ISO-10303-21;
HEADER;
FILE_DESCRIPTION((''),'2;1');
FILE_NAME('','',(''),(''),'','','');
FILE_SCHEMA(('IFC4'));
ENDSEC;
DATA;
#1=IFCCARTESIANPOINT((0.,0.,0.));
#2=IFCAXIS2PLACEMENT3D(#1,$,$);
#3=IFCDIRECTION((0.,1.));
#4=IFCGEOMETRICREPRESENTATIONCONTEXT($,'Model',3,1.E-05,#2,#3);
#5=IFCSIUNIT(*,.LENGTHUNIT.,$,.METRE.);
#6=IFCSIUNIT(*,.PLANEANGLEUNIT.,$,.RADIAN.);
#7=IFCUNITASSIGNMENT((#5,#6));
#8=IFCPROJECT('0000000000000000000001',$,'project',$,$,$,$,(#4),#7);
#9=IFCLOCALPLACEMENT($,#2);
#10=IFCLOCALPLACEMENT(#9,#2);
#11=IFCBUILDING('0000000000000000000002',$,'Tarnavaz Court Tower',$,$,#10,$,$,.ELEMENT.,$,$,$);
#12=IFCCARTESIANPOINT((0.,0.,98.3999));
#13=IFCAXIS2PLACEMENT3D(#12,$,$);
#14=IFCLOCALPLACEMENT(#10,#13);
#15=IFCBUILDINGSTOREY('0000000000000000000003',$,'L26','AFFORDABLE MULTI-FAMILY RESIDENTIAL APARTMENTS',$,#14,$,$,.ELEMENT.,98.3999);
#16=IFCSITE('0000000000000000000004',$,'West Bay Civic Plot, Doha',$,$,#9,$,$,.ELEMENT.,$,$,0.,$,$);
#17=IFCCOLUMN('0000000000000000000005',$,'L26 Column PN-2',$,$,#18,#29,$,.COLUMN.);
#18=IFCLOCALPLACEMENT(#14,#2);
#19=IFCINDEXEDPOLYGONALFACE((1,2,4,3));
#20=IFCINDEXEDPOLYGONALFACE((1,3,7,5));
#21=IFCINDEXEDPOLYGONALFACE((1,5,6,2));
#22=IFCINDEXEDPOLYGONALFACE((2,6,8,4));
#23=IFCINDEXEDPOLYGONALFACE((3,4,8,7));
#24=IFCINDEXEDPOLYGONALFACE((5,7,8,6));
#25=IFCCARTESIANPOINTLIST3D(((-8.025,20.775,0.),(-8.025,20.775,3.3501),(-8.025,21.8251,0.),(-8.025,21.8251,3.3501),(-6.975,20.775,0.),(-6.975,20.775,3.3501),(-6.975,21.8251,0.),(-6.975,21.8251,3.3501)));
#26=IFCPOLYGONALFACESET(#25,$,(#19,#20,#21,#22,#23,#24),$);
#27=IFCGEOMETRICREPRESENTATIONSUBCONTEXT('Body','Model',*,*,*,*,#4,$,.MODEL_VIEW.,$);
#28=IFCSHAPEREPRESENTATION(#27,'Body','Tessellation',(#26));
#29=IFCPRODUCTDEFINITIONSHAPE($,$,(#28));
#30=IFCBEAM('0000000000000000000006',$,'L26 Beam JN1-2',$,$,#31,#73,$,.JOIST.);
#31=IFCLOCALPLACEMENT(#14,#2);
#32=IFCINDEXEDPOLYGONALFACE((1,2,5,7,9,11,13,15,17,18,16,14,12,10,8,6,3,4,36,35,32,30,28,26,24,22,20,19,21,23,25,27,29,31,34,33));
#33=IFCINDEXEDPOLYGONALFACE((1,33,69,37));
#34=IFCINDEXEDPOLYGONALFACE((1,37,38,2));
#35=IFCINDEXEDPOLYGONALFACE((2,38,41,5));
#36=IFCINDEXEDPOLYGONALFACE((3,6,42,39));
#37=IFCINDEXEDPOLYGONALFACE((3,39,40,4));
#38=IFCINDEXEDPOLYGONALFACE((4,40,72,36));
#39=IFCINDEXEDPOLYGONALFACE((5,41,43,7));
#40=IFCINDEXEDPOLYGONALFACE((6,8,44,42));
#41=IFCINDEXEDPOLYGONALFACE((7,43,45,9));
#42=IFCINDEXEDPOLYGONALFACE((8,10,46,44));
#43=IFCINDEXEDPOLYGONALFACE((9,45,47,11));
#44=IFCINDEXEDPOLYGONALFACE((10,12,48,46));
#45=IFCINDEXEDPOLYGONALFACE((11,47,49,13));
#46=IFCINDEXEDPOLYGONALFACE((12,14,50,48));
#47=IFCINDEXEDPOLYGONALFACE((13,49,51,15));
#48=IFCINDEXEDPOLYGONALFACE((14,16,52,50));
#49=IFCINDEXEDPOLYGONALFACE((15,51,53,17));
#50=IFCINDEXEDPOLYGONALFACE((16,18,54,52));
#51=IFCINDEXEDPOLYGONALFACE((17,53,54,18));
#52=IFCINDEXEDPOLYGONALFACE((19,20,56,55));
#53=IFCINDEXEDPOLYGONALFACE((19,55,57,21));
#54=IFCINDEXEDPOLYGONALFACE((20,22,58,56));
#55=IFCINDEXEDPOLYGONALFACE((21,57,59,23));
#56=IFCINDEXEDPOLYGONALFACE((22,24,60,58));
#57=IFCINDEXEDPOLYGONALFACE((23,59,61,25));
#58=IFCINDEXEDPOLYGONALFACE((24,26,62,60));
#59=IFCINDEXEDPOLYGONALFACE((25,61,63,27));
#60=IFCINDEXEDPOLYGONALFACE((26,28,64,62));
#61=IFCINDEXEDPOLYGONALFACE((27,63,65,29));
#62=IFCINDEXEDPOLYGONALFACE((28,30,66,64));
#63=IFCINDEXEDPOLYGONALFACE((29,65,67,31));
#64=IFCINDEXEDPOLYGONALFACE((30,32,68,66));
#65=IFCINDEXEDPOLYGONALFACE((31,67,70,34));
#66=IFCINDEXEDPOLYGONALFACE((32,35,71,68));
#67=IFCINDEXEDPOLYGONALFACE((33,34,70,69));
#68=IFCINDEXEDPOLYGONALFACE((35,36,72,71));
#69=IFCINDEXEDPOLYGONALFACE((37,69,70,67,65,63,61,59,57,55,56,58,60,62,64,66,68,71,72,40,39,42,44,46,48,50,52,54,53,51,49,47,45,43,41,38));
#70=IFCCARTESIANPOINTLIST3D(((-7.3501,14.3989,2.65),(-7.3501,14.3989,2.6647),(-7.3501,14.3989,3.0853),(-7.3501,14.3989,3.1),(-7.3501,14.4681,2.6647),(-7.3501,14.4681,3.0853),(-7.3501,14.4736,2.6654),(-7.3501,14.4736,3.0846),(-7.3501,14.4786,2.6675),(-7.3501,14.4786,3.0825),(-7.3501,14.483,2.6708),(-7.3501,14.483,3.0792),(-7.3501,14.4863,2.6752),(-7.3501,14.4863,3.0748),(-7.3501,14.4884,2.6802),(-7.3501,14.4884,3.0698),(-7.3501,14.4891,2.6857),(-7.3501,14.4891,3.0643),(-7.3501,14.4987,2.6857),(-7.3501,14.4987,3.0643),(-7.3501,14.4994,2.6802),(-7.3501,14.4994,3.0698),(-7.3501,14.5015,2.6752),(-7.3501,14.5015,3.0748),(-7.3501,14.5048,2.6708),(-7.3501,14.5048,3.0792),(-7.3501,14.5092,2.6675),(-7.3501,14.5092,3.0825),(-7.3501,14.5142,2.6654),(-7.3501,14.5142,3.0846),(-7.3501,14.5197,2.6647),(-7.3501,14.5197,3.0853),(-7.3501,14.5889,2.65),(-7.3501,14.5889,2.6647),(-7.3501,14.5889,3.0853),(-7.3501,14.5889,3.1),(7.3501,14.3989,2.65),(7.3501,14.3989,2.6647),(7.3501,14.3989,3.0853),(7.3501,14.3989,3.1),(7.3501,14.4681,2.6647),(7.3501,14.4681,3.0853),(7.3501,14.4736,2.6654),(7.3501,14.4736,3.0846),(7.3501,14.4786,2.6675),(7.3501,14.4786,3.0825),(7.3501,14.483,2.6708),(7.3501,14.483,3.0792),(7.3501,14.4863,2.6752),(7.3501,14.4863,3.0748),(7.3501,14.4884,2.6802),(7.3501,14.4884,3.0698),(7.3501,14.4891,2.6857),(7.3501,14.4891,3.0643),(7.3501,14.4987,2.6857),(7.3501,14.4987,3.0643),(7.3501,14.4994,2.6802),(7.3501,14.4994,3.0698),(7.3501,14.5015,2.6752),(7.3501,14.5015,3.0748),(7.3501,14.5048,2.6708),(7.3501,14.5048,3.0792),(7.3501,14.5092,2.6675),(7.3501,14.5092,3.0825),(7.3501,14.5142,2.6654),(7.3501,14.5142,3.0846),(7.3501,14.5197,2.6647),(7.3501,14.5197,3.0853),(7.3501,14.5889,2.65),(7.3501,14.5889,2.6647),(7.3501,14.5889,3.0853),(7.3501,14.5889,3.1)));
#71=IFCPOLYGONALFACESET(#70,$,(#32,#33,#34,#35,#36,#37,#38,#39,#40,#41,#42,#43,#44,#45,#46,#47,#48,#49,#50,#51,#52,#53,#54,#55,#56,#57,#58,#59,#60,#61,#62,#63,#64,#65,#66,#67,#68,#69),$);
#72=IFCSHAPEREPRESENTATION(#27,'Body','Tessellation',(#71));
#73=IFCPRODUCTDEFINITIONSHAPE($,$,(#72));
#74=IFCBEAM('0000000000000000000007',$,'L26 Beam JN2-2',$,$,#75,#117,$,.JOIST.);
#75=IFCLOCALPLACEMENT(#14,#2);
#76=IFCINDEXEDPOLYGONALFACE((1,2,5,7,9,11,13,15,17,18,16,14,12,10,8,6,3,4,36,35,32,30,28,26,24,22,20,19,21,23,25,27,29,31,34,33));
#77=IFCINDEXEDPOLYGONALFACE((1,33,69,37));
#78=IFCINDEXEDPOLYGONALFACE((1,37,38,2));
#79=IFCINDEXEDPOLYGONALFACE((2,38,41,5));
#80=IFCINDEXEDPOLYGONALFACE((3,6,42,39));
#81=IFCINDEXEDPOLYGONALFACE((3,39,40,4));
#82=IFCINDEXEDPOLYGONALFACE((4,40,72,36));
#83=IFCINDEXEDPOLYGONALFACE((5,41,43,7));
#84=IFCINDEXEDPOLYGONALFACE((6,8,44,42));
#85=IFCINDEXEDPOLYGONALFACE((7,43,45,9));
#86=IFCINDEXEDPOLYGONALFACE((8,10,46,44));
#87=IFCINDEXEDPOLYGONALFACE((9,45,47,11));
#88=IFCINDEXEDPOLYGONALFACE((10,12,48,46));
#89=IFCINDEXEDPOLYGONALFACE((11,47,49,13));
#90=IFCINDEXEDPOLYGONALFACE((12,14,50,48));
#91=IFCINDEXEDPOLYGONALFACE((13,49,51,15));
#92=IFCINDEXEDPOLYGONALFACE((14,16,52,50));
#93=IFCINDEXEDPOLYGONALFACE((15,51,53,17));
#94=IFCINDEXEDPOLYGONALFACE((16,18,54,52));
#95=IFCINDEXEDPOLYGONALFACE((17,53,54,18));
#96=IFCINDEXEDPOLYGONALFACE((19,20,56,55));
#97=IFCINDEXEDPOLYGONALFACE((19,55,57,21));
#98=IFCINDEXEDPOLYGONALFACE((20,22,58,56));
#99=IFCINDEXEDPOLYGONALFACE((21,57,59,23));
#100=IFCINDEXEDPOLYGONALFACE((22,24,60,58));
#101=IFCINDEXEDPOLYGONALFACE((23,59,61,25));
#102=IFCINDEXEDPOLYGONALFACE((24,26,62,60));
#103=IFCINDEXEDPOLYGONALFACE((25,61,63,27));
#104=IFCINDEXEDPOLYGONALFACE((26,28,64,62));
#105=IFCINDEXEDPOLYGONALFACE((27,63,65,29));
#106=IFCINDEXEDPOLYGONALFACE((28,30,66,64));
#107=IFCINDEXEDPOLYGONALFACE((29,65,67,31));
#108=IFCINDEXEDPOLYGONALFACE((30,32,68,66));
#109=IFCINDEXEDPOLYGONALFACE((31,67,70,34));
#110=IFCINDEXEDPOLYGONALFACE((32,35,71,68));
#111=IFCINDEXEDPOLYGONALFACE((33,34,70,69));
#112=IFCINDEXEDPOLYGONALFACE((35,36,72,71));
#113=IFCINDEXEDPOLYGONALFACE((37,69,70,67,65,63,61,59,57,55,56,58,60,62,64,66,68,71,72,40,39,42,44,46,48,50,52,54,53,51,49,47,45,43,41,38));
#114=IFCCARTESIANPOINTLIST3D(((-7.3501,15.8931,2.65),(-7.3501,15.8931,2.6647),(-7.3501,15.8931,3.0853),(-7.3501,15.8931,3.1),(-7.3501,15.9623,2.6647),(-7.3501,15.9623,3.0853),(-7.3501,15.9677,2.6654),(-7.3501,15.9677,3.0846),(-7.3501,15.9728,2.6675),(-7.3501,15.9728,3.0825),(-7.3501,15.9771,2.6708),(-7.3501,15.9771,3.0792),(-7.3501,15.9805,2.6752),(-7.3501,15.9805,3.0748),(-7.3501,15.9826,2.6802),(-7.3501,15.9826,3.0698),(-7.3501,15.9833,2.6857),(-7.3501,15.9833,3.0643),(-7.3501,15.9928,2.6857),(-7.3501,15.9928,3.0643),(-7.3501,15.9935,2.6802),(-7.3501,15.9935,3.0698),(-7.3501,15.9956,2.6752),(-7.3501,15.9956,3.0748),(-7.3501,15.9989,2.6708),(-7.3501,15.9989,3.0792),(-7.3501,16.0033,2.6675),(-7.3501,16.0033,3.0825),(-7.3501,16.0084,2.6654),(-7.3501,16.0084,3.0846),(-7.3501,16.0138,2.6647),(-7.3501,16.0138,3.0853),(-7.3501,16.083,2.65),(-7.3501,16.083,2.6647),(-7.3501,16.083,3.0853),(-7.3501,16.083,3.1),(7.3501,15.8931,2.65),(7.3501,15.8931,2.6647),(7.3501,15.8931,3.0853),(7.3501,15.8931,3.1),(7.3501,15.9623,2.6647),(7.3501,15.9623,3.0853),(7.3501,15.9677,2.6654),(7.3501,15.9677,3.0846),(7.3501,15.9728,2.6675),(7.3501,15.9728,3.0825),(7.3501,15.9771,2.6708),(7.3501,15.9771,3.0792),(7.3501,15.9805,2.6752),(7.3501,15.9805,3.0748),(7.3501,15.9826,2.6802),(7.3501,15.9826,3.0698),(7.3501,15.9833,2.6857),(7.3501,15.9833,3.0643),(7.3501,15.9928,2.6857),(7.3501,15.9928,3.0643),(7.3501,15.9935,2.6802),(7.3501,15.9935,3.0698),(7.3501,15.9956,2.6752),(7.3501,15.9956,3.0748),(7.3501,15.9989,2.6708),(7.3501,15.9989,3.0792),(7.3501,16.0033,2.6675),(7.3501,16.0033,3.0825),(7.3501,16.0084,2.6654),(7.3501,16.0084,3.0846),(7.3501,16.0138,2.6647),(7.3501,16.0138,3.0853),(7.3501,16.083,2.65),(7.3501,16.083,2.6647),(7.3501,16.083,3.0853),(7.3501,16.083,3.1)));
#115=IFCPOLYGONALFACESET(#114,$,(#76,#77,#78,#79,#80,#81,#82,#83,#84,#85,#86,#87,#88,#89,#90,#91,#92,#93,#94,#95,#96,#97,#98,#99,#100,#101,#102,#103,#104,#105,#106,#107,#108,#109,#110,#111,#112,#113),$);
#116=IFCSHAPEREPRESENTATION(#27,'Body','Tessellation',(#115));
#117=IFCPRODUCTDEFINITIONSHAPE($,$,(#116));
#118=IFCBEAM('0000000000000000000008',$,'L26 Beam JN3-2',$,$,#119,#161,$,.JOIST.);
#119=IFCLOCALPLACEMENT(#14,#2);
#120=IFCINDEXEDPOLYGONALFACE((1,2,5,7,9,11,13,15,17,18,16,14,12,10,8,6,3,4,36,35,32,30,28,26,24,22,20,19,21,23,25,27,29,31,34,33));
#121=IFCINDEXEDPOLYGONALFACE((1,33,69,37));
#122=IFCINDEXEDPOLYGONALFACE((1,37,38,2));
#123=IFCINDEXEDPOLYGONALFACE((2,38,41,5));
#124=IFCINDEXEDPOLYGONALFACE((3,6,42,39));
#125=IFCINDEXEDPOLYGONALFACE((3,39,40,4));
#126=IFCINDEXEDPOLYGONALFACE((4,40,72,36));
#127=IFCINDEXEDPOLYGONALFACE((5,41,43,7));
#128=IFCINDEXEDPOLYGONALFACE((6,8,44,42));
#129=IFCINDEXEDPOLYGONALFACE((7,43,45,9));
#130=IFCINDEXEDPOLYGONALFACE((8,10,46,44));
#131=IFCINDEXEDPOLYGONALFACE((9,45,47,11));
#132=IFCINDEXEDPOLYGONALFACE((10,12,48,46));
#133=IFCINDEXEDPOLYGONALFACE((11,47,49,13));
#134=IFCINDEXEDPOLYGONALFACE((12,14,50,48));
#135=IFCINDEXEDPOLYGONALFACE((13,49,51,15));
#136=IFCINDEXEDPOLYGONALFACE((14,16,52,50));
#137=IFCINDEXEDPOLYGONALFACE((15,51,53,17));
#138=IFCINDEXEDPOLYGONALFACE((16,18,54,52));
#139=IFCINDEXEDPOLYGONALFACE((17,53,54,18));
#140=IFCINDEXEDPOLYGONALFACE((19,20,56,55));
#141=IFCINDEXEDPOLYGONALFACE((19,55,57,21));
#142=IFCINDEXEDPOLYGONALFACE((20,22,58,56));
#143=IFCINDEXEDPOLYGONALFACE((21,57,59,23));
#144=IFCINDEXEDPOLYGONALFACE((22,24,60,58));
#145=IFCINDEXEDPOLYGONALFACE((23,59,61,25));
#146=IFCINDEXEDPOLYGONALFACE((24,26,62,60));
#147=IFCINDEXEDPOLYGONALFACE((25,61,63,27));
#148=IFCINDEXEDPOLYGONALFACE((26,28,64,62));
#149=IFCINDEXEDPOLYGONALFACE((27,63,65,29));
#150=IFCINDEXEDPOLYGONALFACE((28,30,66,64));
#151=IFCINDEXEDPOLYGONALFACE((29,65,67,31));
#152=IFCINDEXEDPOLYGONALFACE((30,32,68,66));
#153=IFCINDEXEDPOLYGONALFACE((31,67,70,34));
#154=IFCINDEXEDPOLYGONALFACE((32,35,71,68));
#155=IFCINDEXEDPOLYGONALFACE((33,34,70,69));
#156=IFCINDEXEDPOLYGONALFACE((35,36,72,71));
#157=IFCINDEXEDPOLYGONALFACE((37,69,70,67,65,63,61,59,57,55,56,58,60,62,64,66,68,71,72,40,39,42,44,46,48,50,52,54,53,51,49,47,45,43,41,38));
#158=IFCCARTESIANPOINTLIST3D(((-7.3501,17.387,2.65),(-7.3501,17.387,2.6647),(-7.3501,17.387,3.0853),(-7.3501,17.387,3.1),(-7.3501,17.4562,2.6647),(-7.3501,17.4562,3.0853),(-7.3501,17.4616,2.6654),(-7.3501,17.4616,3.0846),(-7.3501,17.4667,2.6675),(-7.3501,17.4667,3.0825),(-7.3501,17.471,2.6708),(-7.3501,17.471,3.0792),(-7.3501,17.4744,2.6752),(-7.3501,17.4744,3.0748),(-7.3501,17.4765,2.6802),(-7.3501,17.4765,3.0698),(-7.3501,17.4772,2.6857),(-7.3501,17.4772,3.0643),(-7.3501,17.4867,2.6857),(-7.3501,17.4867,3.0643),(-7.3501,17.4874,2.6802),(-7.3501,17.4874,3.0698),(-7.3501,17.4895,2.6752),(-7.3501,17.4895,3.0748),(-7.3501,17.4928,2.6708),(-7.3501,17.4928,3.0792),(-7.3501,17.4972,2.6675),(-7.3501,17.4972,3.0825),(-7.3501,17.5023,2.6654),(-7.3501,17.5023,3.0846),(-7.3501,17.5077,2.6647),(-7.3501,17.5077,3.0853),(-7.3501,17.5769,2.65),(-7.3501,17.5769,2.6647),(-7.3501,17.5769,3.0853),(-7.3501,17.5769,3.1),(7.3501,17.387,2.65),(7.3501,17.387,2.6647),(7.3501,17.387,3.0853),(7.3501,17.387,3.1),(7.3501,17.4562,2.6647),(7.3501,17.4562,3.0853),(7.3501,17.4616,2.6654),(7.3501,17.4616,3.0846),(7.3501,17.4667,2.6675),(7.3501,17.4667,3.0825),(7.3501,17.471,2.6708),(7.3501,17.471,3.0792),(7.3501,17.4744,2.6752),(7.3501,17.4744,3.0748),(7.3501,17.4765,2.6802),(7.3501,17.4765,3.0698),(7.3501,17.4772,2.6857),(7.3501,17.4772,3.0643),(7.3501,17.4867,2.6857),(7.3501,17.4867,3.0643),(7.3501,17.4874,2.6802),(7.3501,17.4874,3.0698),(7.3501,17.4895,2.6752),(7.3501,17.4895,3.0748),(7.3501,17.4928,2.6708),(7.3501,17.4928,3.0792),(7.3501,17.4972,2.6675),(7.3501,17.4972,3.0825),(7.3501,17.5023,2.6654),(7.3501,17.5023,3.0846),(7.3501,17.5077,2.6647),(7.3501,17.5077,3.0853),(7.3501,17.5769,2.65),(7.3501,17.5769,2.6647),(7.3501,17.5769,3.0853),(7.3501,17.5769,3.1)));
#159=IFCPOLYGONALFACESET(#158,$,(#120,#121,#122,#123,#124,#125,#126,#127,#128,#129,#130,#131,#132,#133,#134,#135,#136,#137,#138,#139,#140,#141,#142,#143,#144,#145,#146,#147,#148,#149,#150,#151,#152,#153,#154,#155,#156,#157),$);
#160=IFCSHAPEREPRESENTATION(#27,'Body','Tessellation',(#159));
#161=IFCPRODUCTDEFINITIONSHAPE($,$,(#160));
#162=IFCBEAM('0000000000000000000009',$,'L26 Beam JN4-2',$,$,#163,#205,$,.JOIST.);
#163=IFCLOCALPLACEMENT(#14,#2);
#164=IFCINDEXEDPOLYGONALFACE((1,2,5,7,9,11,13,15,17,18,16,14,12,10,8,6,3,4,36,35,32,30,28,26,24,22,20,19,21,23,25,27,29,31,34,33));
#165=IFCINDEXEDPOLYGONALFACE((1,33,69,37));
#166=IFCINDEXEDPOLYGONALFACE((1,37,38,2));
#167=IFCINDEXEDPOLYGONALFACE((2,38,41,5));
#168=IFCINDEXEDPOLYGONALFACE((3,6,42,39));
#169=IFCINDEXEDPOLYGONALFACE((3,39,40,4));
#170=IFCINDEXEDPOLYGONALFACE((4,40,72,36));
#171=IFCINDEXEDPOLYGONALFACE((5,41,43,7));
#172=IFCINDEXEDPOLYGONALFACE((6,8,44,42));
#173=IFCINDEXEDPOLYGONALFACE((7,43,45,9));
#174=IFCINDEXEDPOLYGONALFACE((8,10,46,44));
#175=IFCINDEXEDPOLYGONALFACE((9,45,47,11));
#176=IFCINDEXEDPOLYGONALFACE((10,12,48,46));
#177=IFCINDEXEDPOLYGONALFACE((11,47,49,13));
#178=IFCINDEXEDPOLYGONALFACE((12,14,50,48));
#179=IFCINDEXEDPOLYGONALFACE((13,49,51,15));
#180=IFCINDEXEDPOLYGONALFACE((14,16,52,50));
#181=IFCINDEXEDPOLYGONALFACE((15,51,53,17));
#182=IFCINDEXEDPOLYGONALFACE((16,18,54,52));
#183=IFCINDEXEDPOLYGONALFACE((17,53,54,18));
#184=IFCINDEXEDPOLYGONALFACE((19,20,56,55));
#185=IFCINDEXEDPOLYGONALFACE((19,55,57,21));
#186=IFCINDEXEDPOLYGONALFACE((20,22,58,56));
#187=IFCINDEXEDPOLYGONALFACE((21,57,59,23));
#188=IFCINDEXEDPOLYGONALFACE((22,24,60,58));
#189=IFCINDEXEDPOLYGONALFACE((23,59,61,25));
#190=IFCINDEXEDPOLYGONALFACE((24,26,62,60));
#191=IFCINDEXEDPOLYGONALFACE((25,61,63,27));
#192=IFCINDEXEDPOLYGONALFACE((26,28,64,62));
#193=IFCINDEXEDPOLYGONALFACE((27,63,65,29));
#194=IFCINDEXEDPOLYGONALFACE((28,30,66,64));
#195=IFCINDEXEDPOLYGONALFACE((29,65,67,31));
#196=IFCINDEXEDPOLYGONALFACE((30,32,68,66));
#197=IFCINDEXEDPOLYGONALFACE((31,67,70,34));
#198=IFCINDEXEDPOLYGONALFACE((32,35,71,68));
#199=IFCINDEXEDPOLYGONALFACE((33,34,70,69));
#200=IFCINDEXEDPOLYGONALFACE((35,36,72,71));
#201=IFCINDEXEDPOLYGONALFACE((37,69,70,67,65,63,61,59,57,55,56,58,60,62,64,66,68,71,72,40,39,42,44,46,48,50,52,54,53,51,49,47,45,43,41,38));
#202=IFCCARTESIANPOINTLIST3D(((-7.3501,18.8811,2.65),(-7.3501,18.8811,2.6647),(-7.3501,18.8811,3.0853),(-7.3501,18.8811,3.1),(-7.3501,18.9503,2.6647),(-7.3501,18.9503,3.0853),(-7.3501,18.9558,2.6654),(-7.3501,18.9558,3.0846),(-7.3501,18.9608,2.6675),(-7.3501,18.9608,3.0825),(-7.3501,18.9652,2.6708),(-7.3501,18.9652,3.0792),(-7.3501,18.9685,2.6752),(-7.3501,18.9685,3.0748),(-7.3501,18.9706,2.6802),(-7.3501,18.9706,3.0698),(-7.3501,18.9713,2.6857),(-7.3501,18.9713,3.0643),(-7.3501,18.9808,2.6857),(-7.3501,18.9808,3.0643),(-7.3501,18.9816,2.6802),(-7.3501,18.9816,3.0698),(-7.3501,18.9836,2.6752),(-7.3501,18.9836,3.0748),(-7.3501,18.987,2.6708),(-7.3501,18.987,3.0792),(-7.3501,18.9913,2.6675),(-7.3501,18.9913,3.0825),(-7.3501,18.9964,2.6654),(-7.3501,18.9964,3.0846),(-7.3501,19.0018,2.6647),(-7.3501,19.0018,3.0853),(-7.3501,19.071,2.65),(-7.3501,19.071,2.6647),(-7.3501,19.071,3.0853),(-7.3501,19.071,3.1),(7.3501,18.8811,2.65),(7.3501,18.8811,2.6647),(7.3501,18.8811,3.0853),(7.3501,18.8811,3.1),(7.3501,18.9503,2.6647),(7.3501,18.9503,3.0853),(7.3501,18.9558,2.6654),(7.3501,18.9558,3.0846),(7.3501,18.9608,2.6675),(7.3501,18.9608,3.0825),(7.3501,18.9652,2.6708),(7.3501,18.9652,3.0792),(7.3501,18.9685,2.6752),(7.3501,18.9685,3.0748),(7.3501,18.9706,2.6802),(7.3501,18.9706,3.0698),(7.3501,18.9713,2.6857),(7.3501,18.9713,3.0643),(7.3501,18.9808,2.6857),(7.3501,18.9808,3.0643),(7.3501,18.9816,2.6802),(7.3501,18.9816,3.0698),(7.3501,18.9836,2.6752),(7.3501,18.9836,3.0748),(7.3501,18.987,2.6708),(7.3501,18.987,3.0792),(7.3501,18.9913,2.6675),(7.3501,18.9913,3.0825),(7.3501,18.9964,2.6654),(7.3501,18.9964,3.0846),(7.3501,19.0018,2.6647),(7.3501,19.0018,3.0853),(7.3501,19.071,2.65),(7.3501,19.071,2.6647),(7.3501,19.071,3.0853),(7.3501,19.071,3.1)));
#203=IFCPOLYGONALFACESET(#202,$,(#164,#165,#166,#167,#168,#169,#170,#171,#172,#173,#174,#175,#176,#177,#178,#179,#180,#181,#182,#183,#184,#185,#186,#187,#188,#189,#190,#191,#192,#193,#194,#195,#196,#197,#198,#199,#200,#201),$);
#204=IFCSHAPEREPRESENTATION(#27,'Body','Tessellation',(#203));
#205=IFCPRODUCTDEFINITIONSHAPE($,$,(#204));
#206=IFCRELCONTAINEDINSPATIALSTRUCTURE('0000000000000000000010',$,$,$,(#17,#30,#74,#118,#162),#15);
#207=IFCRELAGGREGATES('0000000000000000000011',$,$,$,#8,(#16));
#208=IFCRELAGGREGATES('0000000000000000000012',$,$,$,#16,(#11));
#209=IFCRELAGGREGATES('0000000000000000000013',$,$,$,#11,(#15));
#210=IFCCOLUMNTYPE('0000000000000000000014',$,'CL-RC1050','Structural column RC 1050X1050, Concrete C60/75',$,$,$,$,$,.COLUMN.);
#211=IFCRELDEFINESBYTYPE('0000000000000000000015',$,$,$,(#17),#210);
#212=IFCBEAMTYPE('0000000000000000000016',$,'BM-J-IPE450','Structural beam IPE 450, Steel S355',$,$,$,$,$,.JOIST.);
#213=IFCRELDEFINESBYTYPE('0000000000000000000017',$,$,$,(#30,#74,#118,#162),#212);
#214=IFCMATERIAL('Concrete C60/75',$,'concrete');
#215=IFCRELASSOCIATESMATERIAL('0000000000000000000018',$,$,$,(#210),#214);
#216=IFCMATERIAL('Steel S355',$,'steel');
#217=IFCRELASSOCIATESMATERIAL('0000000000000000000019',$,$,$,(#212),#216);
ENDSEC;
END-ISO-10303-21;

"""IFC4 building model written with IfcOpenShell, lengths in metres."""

from ifc_helpers import new_model, si_unit, direction, frame, origin, origin_2d, place, context, subcontext, project, spatial, rectangle, i_section, extrude, material, material_profile, profile_set, type_object, element, save


model = new_model("IFC4")

# Units and contexts
model_context = context("Model", 3, precision=1e-05, world=origin(), true_north=direction((0.0, 1.0)))
body_context = subcontext(model_context, "Body", "Model", "MODEL_VIEW")
ifc_project = project(units=[si_unit("LENGTHUNIT", "METRE"), si_unit("PLANEANGLEUNIT", "RADIAN")], contexts=[model_context])

# Site, building, storey
site_placement = place(None, origin())
site = spatial("IfcSite", under=ifc_project, at=site_placement, Name="West Bay Civic Plot, Doha", CompositionType="ELEMENT", RefElevation=0.0)
building_placement = place(site_placement, origin())
building = spatial("IfcBuilding", under=site, at=building_placement, Name="Tarnavaz Court Tower", CompositionType="ELEMENT")
storey_placement = place(building_placement, frame((0.0, 0.0, 98.3999)))
storey = spatial("IfcBuildingStorey", under=building, at=storey_placement, Name="L26", Description="AFFORDABLE MULTI-FAMILY RESIDENTIAL APARTMENTS", CompositionType="ELEMENT", Elevation=98.3999)

# Column
ifc_material_1 = material(Name="Concrete C60/75", Category="concrete")
ifc_material_profile_1 = material_profile(ifc_material_1, rectangle(XDim=1.05, YDim=1.05, at=origin_2d()), Name="RC 1050X1050")
ifc_profile_set_1 = profile_set([ifc_material_profile_1], Name="Concrete C60/75")
column_type = type_object("IfcColumnType", Name="CL-RC1050", Description="Structural column RC 1050X1050, Concrete C60/75", PredefinedType="COLUMN", material=ifc_profile_set_1)
column_placement = place(storey_placement, frame((-7.5, 21.3, 0.0), z_axis=(0.0, 0.0, 1.0), x_axis=(1.0, 0.0, 0.0)))
element("IfcColumn", 1, at=column_placement, inside=storey, type_object=column_type, Name="L26 Column PN-2", PredefinedType="COLUMN", context=body_context, shape_type="SweptSolid", body=[
    extrude(rectangle(XDim=1.05, YDim=1.05, at=origin_2d()), origin(), (0.0, 0.0, 1.0), 3.3501),
])

# Beams
ifc_material_2 = material(Name="Steel S355", Category="steel")
ifc_material_profile_2 = material_profile(ifc_material_2, i_section(OverallWidth=0.1899, OverallDepth=0.45, WebThickness=0.0095, FlangeThickness=0.0146, FilletRadius=0.021, at=origin_2d()), Name="IPE 450")
ifc_profile_set_2 = profile_set([ifc_material_profile_2], Name="Steel S355")
beam_type_1 = type_object("IfcBeamType", Name="BM-J-IPE450", Description="Structural beam IPE 450, Steel S355", PredefinedType="JOIST", material=ifc_profile_set_2)
for number, where, z_axis, x_axis, name in (
    (2, (-7.3501, 14.4939, 2.875), (1.0, 0.0, 0.0), (0.0, 1.0, 0.0), "L26 Beam JN1-2"),
    (3, (-7.3501, 15.988, 2.875), (1.0, 0.0, 0.0), (0.0, 1.0, 0.0), "L26 Beam JN2-2"),
    (4, (-7.3501, 17.4819, 2.875), (1.0, 0.0, 0.0), (0.0, 1.0, 0.0), "L26 Beam JN3-2"),
    (5, (-7.3501, 18.9761, 2.875), (1.0, 0.0, 0.0), (0.0, 1.0, 0.0), "L26 Beam JN4-2"),
):
    element("IfcBeam", number, at=place(storey_placement, frame(where, z_axis=z_axis, x_axis=x_axis)), inside=storey, type_object=beam_type_1, Name=name, PredefinedType="JOIST", context=body_context, shape_type="SweptSolid", body=[
        extrude(i_section(OverallWidth=0.1899, OverallDepth=0.45, WebThickness=0.0095, FlangeThickness=0.0146, FilletRadius=0.021, at=origin_2d()), origin(), (0.0, 0.0, 1.0), 14.7002),
    ])

save(model, "model.ifc")
